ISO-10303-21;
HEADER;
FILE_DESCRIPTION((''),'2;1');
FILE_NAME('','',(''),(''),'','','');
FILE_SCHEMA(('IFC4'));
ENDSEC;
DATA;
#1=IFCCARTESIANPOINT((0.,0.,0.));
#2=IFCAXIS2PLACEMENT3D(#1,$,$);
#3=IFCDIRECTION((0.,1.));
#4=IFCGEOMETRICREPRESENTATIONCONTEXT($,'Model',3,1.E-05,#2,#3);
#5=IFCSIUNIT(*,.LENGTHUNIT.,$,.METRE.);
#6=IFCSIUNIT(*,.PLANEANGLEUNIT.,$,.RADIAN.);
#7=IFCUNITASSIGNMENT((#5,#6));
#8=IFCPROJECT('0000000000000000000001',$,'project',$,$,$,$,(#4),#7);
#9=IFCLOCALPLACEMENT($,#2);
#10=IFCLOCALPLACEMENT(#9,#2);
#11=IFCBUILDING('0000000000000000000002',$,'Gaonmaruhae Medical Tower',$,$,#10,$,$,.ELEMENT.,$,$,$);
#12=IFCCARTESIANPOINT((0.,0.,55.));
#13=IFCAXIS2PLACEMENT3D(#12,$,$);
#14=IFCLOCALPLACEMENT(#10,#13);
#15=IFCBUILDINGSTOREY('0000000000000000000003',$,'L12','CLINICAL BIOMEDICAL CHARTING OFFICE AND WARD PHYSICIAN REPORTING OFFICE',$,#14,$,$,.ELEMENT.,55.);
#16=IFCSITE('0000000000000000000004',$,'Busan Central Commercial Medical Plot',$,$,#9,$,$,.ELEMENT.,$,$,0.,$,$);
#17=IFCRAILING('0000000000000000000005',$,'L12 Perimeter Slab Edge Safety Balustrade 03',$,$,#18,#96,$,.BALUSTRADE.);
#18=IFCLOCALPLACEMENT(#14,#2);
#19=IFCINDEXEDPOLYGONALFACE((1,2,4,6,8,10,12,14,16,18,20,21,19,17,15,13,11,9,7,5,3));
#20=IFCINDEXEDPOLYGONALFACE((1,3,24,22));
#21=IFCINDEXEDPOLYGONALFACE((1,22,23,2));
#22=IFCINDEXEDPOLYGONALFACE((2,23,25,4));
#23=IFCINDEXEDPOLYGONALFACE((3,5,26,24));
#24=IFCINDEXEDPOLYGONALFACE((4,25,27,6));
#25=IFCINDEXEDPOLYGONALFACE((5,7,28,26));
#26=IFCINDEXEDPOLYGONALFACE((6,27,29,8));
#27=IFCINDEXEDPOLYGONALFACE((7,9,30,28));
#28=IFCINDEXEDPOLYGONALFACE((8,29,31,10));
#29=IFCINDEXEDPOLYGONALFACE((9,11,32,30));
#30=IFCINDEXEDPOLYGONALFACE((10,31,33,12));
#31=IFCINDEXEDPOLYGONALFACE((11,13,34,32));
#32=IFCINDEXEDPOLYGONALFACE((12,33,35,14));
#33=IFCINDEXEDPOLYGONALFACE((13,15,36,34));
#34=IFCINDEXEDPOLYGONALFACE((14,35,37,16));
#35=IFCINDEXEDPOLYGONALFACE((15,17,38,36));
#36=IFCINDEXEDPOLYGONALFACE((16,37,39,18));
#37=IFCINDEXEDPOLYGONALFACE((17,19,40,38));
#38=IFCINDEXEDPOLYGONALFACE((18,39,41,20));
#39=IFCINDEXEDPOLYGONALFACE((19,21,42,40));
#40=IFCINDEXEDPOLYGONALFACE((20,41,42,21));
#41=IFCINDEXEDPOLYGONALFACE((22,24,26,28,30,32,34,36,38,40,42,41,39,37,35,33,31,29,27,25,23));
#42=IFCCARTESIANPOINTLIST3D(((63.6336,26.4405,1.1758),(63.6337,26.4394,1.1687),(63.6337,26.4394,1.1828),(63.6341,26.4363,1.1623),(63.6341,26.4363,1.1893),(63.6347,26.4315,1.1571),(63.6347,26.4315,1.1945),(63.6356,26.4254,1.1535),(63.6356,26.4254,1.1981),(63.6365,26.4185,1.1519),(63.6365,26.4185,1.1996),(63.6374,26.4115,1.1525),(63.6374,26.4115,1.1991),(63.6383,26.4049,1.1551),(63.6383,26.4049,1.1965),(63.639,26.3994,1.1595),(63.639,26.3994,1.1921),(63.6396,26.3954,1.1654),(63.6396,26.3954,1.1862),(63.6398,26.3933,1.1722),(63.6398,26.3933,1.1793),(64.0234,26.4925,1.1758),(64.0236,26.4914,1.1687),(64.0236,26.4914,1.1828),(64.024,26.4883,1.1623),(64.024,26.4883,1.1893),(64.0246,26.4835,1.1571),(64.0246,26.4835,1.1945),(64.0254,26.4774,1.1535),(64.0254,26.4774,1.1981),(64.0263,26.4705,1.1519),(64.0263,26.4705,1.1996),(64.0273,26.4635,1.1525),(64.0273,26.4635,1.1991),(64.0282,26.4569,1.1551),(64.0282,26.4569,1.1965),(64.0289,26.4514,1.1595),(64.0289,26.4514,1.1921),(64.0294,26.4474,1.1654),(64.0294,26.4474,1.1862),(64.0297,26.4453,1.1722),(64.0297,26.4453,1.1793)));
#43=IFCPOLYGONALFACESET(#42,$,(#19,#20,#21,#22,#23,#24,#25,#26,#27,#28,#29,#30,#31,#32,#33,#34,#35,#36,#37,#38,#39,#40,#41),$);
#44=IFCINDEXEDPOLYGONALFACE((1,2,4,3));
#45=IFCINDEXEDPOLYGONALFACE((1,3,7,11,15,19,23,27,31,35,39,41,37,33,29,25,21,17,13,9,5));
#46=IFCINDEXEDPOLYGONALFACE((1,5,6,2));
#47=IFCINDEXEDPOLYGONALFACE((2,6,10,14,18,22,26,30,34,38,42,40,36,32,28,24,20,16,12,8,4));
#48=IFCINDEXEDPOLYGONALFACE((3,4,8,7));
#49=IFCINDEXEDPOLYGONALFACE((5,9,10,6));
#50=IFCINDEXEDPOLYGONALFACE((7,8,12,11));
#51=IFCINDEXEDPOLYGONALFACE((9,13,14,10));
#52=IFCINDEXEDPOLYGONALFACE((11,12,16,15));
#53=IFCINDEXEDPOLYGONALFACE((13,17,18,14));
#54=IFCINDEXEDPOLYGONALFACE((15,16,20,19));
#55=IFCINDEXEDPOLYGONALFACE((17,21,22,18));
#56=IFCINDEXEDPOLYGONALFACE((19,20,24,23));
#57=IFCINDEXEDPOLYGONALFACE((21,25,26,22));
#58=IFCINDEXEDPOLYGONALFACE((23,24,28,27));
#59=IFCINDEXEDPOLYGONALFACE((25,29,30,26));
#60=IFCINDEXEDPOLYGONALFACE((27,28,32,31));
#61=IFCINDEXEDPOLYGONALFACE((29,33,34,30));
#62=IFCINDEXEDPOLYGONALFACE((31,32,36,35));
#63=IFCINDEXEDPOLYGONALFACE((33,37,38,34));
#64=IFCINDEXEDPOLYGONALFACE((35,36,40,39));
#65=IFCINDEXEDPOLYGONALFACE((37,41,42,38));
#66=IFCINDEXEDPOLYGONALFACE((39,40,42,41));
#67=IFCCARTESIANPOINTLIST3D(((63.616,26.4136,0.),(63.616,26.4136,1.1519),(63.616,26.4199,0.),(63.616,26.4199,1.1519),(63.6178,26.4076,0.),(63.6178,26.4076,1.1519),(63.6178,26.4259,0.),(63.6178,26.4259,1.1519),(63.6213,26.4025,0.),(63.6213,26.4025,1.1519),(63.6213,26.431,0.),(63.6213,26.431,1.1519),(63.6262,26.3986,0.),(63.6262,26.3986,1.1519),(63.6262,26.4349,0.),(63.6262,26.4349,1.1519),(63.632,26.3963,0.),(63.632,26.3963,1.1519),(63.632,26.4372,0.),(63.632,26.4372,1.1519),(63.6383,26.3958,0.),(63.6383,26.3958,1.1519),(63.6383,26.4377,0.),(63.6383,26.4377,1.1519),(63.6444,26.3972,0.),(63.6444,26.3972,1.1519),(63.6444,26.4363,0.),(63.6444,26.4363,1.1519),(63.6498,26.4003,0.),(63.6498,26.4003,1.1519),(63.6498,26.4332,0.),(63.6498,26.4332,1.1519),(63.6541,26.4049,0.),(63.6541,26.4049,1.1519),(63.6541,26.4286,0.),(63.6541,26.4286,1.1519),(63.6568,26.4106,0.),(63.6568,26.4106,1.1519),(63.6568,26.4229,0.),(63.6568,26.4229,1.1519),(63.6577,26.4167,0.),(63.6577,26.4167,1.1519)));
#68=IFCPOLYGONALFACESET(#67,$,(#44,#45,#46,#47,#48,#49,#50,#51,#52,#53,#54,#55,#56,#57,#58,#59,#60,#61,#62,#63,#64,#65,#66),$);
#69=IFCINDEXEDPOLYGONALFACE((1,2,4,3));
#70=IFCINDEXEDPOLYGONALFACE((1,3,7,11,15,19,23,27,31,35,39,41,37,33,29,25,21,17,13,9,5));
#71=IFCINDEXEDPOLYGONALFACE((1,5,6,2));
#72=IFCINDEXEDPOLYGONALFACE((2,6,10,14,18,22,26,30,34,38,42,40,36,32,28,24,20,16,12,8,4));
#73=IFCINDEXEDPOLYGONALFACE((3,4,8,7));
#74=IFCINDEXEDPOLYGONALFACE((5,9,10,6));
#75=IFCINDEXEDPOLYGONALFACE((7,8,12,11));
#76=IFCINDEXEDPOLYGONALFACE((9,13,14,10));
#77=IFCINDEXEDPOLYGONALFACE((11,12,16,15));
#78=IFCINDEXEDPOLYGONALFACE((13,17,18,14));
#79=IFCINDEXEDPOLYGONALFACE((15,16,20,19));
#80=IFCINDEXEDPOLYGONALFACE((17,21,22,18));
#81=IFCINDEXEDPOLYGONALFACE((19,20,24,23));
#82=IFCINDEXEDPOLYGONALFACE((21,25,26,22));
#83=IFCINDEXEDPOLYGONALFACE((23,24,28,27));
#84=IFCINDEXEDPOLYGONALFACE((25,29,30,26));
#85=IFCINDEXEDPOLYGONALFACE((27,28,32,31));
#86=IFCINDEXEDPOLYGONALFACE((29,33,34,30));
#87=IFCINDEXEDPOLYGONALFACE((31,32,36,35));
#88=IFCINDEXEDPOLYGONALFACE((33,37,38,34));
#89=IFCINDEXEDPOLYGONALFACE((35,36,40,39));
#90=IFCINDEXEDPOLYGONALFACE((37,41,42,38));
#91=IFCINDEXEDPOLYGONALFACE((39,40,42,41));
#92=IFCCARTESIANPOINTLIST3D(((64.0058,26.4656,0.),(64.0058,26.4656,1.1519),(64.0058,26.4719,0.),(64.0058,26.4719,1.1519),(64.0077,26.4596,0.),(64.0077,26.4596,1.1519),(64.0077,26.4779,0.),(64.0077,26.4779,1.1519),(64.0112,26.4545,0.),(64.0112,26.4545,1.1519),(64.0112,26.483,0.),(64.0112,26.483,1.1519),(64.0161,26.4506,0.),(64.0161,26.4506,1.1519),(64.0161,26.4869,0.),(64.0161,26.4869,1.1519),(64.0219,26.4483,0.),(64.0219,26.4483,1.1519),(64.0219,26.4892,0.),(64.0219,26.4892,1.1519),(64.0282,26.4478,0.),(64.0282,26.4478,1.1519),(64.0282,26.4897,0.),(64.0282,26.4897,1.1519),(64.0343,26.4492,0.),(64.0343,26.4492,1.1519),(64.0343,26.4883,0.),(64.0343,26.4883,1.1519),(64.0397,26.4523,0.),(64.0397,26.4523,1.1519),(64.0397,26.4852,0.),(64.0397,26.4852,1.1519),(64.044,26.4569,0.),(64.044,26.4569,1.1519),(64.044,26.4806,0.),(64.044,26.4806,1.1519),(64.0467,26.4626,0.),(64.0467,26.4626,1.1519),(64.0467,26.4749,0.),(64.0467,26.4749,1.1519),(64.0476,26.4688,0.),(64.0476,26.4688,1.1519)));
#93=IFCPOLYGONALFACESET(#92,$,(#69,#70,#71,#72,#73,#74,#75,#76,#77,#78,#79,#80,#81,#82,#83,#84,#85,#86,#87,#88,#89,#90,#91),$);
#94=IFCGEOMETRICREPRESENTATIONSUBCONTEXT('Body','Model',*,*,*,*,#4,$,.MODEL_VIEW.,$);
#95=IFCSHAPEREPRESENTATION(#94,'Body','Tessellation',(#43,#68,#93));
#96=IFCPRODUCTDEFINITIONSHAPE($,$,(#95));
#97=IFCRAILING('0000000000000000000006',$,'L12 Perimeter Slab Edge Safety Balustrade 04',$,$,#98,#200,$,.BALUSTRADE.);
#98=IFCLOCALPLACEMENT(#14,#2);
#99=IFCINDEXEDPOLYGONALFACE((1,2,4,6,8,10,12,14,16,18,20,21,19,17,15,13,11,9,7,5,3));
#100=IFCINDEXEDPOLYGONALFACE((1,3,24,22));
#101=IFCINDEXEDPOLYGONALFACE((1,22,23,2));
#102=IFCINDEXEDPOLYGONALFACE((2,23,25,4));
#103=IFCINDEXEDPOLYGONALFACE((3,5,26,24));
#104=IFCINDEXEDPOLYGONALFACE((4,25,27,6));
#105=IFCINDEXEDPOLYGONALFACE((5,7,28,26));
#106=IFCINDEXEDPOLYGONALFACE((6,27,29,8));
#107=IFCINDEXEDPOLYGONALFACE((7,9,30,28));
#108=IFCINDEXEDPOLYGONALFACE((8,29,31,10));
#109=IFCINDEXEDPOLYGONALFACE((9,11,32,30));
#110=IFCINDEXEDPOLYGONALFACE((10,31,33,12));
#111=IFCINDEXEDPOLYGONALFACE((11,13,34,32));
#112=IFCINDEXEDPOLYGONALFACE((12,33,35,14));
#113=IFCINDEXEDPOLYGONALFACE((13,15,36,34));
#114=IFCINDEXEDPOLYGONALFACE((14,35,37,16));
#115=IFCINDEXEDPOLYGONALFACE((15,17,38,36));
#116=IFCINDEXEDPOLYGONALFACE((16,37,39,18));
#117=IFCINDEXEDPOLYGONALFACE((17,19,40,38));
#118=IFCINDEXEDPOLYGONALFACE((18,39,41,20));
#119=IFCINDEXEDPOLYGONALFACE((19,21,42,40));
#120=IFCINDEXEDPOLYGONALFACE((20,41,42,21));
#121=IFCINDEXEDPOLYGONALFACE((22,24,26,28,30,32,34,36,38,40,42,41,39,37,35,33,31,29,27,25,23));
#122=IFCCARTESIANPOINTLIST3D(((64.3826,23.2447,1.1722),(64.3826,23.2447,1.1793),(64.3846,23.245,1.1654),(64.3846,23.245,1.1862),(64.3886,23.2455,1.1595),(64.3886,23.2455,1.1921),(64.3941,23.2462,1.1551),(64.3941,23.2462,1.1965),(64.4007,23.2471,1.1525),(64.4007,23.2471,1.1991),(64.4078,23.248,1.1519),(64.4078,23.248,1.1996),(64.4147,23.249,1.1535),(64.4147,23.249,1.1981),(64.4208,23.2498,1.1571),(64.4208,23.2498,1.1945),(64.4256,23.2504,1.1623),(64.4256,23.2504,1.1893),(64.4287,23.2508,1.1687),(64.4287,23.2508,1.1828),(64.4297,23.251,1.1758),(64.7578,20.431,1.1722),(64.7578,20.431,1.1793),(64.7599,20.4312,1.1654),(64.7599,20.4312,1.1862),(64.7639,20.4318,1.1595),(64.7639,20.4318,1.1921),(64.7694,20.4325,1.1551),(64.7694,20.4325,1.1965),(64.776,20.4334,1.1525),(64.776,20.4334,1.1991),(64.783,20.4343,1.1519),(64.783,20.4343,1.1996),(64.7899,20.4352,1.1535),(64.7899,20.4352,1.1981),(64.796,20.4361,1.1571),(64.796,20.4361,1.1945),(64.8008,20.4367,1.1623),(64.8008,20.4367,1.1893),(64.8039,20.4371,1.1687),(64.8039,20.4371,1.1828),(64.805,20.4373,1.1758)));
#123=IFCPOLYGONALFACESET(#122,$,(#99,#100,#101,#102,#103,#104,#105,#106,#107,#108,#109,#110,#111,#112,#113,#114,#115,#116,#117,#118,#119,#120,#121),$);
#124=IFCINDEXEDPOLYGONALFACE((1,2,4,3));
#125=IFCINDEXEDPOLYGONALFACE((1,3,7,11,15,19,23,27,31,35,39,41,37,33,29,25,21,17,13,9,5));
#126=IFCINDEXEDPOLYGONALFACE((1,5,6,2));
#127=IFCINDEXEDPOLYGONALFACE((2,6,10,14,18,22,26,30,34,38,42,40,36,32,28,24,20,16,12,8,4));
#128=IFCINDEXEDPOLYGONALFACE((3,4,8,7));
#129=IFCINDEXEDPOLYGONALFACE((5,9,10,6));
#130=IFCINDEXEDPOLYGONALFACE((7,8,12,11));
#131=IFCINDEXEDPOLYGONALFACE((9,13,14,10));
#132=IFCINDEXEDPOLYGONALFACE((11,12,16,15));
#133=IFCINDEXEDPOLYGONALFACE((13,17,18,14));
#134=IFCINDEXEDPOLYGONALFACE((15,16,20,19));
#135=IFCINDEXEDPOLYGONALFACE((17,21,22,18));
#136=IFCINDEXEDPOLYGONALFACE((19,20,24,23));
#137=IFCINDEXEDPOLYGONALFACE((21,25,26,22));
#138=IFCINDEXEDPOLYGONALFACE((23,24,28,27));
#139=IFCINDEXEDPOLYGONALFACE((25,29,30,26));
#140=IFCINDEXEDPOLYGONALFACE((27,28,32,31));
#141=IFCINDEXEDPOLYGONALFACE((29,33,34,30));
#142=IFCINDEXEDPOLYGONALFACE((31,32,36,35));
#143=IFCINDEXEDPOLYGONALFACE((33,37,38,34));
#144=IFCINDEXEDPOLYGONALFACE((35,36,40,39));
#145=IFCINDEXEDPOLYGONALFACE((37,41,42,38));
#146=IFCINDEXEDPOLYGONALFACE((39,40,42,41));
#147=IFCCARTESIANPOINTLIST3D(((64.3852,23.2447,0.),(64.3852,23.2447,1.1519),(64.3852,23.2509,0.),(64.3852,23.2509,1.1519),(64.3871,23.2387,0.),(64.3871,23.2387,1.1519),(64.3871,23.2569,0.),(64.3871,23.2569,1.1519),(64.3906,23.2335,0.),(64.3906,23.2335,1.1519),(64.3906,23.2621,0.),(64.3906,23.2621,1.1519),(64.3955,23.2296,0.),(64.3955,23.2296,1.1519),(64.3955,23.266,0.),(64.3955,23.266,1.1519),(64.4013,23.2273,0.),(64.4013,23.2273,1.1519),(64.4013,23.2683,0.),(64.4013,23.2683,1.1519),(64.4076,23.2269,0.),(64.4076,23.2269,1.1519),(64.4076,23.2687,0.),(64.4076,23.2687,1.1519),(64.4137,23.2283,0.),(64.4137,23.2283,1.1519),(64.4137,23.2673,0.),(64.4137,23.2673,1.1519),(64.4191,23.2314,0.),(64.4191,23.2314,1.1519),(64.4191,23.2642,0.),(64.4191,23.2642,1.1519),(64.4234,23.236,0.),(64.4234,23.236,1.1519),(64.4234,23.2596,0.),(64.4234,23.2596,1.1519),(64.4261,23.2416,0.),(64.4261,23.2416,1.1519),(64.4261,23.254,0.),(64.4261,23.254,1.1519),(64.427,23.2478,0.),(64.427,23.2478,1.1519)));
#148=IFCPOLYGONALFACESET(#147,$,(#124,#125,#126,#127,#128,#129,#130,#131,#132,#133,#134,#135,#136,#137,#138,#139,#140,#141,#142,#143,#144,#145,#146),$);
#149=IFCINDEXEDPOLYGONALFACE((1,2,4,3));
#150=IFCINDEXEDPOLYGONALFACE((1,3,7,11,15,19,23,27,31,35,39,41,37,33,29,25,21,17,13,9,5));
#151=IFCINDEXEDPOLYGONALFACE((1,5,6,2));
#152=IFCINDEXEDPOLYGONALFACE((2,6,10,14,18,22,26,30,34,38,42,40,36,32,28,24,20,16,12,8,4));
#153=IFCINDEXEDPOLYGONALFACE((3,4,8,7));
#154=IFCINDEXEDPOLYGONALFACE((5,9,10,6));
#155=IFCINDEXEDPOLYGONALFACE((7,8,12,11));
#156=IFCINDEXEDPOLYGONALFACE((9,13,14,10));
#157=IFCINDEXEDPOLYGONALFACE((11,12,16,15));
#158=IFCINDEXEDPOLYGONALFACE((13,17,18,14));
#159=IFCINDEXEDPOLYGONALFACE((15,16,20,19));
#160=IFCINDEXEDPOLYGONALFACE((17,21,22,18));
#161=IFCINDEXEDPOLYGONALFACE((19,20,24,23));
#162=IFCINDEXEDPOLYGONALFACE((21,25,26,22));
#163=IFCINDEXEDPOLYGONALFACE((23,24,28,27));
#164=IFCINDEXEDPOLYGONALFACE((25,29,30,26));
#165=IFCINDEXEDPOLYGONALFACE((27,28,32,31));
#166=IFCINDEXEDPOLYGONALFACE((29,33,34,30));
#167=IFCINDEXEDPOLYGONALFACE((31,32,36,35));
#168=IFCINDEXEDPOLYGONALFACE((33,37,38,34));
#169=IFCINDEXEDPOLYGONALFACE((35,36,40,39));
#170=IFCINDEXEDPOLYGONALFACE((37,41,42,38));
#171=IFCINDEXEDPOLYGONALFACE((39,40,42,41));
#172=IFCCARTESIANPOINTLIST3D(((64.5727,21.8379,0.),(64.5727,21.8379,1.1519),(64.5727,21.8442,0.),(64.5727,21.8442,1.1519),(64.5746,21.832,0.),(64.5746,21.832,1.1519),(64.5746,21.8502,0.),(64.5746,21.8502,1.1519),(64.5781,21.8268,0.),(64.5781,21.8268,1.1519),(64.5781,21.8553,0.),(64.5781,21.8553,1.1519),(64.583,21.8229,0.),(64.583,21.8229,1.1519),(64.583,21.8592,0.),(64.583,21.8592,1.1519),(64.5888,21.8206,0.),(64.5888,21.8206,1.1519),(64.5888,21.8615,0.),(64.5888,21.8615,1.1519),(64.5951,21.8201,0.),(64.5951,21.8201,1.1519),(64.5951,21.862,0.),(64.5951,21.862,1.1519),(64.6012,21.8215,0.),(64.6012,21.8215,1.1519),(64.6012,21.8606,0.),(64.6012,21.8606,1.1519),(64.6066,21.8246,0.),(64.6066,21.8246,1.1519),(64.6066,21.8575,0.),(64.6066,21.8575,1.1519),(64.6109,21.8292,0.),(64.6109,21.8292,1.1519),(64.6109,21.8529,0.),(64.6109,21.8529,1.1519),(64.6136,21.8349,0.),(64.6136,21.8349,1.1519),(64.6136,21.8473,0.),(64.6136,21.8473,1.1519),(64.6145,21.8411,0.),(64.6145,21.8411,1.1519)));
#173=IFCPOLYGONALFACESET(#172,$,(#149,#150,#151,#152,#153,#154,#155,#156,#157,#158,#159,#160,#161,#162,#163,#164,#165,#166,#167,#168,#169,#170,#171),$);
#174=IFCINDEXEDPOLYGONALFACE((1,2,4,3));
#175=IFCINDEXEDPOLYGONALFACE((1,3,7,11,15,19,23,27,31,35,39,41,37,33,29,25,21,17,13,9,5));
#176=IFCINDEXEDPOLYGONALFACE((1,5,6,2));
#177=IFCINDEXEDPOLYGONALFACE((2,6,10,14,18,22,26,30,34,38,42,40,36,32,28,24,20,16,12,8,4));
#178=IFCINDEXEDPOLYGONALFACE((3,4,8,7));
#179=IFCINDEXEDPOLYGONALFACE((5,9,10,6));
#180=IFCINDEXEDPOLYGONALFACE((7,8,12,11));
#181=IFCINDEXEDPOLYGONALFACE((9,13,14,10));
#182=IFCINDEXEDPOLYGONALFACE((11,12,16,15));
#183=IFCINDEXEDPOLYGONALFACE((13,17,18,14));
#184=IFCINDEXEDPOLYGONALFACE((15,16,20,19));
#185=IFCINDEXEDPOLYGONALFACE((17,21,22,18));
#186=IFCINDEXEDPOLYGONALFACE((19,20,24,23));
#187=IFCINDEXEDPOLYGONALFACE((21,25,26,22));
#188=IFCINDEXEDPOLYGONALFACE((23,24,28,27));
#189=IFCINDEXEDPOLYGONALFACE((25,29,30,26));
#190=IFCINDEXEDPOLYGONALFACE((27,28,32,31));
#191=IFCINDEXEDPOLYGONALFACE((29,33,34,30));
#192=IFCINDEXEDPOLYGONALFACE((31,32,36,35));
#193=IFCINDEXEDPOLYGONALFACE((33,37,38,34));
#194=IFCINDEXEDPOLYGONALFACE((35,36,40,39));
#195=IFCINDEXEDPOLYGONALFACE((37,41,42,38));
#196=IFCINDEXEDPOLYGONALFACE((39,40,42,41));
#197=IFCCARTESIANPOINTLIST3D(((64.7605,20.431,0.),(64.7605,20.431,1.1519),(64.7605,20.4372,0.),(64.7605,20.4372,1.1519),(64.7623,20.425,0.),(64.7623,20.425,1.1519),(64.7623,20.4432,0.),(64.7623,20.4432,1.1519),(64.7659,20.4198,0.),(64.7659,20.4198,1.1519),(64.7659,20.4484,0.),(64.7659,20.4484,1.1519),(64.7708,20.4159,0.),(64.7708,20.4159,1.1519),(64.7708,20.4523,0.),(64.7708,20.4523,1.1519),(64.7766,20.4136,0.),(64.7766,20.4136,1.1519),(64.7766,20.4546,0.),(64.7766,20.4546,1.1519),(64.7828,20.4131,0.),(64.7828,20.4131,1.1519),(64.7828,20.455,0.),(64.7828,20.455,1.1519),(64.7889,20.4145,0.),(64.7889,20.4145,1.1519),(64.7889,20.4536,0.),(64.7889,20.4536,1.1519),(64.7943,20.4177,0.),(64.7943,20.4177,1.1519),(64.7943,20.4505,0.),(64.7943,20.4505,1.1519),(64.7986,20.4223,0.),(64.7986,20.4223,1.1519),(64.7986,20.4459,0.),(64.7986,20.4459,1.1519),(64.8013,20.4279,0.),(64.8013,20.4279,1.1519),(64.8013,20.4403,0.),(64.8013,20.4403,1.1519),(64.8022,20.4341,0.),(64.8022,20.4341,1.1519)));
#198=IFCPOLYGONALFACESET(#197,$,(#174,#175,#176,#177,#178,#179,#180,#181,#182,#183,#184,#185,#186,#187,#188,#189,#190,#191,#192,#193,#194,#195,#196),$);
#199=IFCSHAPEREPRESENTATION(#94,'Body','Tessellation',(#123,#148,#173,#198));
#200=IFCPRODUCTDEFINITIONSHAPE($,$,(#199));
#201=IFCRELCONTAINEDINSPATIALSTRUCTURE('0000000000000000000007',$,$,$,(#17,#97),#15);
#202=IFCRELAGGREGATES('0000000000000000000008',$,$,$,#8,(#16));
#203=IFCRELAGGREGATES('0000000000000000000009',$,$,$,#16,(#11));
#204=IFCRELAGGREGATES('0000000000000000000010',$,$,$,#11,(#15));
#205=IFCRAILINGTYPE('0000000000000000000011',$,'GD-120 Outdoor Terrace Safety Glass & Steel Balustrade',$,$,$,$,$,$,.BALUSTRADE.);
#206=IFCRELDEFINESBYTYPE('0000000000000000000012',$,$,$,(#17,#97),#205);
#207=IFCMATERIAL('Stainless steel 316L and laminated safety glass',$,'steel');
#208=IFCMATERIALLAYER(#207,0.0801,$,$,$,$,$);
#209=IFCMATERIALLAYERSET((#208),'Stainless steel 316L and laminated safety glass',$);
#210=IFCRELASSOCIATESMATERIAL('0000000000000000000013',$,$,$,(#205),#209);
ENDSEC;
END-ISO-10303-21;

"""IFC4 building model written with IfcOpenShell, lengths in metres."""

from ifc_helpers import new_model, si_unit, direction, frame, origin, origin_2d, place, context, subcontext, project, spatial, circle, extrude, material, layer, layer_set, type_object, element, save


model = new_model("IFC4")

# Units and contexts
model_context = context("Model", 3, precision=1e-05, world=origin(), true_north=direction((0.0, 1.0)))
body_context = subcontext(model_context, "Body", "Model", "MODEL_VIEW")
ifc_project = project(units=[si_unit("LENGTHUNIT", "METRE"), si_unit("PLANEANGLEUNIT", "RADIAN")], contexts=[model_context])

# Site, building, storey
site_placement = place(None, origin())
site = spatial("IfcSite", under=ifc_project, at=site_placement, Name="Busan Central Commercial Medical Plot", CompositionType="ELEMENT", RefElevation=0.0)
building_placement = place(site_placement, origin())
building = spatial("IfcBuilding", under=site, at=building_placement, Name="Gaonmaruhae Medical Tower", CompositionType="ELEMENT")
storey_placement = place(building_placement, frame((0.0, 0.0, 55.0)))
storey = spatial("IfcBuildingStorey", under=building, at=storey_placement, Name="L12", Description="CLINICAL BIOMEDICAL CHARTING OFFICE AND WARD PHYSICIAN REPORTING OFFICE", CompositionType="ELEMENT", Elevation=55.0)

# Railings
ifc_material_1 = material(Name="Stainless steel 316L and laminated safety glass", Category="steel")
ifc_layer_1 = layer(ifc_material_1, 0.0801)
ifc_layer_set_1 = layer_set([ifc_layer_1], Name="Stainless steel 316L and laminated safety glass")
railing_type = type_object("IfcRailingType", Name="GD-120 Outdoor Terrace Safety Glass & Steel Balustrade", PredefinedType="BALUSTRADE", material=ifc_layer_set_1)
railing_1_placement = place(storey_placement, frame((63.6367, 26.4167, 0.0)))
element("IfcRailing", 1, at=railing_1_placement, inside=storey, type_object=railing_type, Name="L12 Perimeter Slab Edge Safety Balustrade 03", PredefinedType="BALUSTRADE", context=body_context, shape_type="SweptSolid", body=[
    extrude(circle(Radius=0.0239, at=origin_2d()), frame((0.0, 0.0, 1.1758), z_axis=(0.991222, 0.132204, 0.0), x_axis=(-0.132204, 0.991222, 0.0)), (0.0, 0.0, 1.0), 0.3933),
    extrude(circle(Radius=0.021, at=origin_2d()), origin(), (0.0, 0.0, 1.0), 1.1519),
    extrude(circle(Radius=0.021, at=origin_2d()), frame((0.3899, 0.052, 0.0)), (0.0, 0.0, 1.0), 1.1519),
])
railing_2_placement = place(storey_placement, frame((64.406, 23.2478, 0.0)))
element("IfcRailing", 2, at=railing_2_placement, inside=storey, type_object=railing_type, Name="L12 Perimeter Slab Edge Safety Balustrade 04", PredefinedType="BALUSTRADE", context=body_context, shape_type="SweptSolid", body=[
    extrude(circle(Radius=0.0239, at=origin_2d()), frame((0.0, 0.0, 1.1758), z_axis=(0.132192, -0.991224, 0.0), x_axis=(0.991224, 0.132192, 0.0)), (0.0, 0.0, 1.0), 2.8386),
    extrude(circle(Radius=0.021, at=origin_2d()), origin(), (0.0, 0.0, 1.0), 1.1519),
    extrude(circle(Radius=0.021, at=origin_2d()), frame((0.1875, -1.4067, 0.0)), (0.0, 0.0, 1.0), 1.1519),
    extrude(circle(Radius=0.021, at=origin_2d()), frame((0.3752, -2.8137, 0.0)), (0.0, 0.0, 1.0), 1.1519),
])

save(model, "model.ifc")
